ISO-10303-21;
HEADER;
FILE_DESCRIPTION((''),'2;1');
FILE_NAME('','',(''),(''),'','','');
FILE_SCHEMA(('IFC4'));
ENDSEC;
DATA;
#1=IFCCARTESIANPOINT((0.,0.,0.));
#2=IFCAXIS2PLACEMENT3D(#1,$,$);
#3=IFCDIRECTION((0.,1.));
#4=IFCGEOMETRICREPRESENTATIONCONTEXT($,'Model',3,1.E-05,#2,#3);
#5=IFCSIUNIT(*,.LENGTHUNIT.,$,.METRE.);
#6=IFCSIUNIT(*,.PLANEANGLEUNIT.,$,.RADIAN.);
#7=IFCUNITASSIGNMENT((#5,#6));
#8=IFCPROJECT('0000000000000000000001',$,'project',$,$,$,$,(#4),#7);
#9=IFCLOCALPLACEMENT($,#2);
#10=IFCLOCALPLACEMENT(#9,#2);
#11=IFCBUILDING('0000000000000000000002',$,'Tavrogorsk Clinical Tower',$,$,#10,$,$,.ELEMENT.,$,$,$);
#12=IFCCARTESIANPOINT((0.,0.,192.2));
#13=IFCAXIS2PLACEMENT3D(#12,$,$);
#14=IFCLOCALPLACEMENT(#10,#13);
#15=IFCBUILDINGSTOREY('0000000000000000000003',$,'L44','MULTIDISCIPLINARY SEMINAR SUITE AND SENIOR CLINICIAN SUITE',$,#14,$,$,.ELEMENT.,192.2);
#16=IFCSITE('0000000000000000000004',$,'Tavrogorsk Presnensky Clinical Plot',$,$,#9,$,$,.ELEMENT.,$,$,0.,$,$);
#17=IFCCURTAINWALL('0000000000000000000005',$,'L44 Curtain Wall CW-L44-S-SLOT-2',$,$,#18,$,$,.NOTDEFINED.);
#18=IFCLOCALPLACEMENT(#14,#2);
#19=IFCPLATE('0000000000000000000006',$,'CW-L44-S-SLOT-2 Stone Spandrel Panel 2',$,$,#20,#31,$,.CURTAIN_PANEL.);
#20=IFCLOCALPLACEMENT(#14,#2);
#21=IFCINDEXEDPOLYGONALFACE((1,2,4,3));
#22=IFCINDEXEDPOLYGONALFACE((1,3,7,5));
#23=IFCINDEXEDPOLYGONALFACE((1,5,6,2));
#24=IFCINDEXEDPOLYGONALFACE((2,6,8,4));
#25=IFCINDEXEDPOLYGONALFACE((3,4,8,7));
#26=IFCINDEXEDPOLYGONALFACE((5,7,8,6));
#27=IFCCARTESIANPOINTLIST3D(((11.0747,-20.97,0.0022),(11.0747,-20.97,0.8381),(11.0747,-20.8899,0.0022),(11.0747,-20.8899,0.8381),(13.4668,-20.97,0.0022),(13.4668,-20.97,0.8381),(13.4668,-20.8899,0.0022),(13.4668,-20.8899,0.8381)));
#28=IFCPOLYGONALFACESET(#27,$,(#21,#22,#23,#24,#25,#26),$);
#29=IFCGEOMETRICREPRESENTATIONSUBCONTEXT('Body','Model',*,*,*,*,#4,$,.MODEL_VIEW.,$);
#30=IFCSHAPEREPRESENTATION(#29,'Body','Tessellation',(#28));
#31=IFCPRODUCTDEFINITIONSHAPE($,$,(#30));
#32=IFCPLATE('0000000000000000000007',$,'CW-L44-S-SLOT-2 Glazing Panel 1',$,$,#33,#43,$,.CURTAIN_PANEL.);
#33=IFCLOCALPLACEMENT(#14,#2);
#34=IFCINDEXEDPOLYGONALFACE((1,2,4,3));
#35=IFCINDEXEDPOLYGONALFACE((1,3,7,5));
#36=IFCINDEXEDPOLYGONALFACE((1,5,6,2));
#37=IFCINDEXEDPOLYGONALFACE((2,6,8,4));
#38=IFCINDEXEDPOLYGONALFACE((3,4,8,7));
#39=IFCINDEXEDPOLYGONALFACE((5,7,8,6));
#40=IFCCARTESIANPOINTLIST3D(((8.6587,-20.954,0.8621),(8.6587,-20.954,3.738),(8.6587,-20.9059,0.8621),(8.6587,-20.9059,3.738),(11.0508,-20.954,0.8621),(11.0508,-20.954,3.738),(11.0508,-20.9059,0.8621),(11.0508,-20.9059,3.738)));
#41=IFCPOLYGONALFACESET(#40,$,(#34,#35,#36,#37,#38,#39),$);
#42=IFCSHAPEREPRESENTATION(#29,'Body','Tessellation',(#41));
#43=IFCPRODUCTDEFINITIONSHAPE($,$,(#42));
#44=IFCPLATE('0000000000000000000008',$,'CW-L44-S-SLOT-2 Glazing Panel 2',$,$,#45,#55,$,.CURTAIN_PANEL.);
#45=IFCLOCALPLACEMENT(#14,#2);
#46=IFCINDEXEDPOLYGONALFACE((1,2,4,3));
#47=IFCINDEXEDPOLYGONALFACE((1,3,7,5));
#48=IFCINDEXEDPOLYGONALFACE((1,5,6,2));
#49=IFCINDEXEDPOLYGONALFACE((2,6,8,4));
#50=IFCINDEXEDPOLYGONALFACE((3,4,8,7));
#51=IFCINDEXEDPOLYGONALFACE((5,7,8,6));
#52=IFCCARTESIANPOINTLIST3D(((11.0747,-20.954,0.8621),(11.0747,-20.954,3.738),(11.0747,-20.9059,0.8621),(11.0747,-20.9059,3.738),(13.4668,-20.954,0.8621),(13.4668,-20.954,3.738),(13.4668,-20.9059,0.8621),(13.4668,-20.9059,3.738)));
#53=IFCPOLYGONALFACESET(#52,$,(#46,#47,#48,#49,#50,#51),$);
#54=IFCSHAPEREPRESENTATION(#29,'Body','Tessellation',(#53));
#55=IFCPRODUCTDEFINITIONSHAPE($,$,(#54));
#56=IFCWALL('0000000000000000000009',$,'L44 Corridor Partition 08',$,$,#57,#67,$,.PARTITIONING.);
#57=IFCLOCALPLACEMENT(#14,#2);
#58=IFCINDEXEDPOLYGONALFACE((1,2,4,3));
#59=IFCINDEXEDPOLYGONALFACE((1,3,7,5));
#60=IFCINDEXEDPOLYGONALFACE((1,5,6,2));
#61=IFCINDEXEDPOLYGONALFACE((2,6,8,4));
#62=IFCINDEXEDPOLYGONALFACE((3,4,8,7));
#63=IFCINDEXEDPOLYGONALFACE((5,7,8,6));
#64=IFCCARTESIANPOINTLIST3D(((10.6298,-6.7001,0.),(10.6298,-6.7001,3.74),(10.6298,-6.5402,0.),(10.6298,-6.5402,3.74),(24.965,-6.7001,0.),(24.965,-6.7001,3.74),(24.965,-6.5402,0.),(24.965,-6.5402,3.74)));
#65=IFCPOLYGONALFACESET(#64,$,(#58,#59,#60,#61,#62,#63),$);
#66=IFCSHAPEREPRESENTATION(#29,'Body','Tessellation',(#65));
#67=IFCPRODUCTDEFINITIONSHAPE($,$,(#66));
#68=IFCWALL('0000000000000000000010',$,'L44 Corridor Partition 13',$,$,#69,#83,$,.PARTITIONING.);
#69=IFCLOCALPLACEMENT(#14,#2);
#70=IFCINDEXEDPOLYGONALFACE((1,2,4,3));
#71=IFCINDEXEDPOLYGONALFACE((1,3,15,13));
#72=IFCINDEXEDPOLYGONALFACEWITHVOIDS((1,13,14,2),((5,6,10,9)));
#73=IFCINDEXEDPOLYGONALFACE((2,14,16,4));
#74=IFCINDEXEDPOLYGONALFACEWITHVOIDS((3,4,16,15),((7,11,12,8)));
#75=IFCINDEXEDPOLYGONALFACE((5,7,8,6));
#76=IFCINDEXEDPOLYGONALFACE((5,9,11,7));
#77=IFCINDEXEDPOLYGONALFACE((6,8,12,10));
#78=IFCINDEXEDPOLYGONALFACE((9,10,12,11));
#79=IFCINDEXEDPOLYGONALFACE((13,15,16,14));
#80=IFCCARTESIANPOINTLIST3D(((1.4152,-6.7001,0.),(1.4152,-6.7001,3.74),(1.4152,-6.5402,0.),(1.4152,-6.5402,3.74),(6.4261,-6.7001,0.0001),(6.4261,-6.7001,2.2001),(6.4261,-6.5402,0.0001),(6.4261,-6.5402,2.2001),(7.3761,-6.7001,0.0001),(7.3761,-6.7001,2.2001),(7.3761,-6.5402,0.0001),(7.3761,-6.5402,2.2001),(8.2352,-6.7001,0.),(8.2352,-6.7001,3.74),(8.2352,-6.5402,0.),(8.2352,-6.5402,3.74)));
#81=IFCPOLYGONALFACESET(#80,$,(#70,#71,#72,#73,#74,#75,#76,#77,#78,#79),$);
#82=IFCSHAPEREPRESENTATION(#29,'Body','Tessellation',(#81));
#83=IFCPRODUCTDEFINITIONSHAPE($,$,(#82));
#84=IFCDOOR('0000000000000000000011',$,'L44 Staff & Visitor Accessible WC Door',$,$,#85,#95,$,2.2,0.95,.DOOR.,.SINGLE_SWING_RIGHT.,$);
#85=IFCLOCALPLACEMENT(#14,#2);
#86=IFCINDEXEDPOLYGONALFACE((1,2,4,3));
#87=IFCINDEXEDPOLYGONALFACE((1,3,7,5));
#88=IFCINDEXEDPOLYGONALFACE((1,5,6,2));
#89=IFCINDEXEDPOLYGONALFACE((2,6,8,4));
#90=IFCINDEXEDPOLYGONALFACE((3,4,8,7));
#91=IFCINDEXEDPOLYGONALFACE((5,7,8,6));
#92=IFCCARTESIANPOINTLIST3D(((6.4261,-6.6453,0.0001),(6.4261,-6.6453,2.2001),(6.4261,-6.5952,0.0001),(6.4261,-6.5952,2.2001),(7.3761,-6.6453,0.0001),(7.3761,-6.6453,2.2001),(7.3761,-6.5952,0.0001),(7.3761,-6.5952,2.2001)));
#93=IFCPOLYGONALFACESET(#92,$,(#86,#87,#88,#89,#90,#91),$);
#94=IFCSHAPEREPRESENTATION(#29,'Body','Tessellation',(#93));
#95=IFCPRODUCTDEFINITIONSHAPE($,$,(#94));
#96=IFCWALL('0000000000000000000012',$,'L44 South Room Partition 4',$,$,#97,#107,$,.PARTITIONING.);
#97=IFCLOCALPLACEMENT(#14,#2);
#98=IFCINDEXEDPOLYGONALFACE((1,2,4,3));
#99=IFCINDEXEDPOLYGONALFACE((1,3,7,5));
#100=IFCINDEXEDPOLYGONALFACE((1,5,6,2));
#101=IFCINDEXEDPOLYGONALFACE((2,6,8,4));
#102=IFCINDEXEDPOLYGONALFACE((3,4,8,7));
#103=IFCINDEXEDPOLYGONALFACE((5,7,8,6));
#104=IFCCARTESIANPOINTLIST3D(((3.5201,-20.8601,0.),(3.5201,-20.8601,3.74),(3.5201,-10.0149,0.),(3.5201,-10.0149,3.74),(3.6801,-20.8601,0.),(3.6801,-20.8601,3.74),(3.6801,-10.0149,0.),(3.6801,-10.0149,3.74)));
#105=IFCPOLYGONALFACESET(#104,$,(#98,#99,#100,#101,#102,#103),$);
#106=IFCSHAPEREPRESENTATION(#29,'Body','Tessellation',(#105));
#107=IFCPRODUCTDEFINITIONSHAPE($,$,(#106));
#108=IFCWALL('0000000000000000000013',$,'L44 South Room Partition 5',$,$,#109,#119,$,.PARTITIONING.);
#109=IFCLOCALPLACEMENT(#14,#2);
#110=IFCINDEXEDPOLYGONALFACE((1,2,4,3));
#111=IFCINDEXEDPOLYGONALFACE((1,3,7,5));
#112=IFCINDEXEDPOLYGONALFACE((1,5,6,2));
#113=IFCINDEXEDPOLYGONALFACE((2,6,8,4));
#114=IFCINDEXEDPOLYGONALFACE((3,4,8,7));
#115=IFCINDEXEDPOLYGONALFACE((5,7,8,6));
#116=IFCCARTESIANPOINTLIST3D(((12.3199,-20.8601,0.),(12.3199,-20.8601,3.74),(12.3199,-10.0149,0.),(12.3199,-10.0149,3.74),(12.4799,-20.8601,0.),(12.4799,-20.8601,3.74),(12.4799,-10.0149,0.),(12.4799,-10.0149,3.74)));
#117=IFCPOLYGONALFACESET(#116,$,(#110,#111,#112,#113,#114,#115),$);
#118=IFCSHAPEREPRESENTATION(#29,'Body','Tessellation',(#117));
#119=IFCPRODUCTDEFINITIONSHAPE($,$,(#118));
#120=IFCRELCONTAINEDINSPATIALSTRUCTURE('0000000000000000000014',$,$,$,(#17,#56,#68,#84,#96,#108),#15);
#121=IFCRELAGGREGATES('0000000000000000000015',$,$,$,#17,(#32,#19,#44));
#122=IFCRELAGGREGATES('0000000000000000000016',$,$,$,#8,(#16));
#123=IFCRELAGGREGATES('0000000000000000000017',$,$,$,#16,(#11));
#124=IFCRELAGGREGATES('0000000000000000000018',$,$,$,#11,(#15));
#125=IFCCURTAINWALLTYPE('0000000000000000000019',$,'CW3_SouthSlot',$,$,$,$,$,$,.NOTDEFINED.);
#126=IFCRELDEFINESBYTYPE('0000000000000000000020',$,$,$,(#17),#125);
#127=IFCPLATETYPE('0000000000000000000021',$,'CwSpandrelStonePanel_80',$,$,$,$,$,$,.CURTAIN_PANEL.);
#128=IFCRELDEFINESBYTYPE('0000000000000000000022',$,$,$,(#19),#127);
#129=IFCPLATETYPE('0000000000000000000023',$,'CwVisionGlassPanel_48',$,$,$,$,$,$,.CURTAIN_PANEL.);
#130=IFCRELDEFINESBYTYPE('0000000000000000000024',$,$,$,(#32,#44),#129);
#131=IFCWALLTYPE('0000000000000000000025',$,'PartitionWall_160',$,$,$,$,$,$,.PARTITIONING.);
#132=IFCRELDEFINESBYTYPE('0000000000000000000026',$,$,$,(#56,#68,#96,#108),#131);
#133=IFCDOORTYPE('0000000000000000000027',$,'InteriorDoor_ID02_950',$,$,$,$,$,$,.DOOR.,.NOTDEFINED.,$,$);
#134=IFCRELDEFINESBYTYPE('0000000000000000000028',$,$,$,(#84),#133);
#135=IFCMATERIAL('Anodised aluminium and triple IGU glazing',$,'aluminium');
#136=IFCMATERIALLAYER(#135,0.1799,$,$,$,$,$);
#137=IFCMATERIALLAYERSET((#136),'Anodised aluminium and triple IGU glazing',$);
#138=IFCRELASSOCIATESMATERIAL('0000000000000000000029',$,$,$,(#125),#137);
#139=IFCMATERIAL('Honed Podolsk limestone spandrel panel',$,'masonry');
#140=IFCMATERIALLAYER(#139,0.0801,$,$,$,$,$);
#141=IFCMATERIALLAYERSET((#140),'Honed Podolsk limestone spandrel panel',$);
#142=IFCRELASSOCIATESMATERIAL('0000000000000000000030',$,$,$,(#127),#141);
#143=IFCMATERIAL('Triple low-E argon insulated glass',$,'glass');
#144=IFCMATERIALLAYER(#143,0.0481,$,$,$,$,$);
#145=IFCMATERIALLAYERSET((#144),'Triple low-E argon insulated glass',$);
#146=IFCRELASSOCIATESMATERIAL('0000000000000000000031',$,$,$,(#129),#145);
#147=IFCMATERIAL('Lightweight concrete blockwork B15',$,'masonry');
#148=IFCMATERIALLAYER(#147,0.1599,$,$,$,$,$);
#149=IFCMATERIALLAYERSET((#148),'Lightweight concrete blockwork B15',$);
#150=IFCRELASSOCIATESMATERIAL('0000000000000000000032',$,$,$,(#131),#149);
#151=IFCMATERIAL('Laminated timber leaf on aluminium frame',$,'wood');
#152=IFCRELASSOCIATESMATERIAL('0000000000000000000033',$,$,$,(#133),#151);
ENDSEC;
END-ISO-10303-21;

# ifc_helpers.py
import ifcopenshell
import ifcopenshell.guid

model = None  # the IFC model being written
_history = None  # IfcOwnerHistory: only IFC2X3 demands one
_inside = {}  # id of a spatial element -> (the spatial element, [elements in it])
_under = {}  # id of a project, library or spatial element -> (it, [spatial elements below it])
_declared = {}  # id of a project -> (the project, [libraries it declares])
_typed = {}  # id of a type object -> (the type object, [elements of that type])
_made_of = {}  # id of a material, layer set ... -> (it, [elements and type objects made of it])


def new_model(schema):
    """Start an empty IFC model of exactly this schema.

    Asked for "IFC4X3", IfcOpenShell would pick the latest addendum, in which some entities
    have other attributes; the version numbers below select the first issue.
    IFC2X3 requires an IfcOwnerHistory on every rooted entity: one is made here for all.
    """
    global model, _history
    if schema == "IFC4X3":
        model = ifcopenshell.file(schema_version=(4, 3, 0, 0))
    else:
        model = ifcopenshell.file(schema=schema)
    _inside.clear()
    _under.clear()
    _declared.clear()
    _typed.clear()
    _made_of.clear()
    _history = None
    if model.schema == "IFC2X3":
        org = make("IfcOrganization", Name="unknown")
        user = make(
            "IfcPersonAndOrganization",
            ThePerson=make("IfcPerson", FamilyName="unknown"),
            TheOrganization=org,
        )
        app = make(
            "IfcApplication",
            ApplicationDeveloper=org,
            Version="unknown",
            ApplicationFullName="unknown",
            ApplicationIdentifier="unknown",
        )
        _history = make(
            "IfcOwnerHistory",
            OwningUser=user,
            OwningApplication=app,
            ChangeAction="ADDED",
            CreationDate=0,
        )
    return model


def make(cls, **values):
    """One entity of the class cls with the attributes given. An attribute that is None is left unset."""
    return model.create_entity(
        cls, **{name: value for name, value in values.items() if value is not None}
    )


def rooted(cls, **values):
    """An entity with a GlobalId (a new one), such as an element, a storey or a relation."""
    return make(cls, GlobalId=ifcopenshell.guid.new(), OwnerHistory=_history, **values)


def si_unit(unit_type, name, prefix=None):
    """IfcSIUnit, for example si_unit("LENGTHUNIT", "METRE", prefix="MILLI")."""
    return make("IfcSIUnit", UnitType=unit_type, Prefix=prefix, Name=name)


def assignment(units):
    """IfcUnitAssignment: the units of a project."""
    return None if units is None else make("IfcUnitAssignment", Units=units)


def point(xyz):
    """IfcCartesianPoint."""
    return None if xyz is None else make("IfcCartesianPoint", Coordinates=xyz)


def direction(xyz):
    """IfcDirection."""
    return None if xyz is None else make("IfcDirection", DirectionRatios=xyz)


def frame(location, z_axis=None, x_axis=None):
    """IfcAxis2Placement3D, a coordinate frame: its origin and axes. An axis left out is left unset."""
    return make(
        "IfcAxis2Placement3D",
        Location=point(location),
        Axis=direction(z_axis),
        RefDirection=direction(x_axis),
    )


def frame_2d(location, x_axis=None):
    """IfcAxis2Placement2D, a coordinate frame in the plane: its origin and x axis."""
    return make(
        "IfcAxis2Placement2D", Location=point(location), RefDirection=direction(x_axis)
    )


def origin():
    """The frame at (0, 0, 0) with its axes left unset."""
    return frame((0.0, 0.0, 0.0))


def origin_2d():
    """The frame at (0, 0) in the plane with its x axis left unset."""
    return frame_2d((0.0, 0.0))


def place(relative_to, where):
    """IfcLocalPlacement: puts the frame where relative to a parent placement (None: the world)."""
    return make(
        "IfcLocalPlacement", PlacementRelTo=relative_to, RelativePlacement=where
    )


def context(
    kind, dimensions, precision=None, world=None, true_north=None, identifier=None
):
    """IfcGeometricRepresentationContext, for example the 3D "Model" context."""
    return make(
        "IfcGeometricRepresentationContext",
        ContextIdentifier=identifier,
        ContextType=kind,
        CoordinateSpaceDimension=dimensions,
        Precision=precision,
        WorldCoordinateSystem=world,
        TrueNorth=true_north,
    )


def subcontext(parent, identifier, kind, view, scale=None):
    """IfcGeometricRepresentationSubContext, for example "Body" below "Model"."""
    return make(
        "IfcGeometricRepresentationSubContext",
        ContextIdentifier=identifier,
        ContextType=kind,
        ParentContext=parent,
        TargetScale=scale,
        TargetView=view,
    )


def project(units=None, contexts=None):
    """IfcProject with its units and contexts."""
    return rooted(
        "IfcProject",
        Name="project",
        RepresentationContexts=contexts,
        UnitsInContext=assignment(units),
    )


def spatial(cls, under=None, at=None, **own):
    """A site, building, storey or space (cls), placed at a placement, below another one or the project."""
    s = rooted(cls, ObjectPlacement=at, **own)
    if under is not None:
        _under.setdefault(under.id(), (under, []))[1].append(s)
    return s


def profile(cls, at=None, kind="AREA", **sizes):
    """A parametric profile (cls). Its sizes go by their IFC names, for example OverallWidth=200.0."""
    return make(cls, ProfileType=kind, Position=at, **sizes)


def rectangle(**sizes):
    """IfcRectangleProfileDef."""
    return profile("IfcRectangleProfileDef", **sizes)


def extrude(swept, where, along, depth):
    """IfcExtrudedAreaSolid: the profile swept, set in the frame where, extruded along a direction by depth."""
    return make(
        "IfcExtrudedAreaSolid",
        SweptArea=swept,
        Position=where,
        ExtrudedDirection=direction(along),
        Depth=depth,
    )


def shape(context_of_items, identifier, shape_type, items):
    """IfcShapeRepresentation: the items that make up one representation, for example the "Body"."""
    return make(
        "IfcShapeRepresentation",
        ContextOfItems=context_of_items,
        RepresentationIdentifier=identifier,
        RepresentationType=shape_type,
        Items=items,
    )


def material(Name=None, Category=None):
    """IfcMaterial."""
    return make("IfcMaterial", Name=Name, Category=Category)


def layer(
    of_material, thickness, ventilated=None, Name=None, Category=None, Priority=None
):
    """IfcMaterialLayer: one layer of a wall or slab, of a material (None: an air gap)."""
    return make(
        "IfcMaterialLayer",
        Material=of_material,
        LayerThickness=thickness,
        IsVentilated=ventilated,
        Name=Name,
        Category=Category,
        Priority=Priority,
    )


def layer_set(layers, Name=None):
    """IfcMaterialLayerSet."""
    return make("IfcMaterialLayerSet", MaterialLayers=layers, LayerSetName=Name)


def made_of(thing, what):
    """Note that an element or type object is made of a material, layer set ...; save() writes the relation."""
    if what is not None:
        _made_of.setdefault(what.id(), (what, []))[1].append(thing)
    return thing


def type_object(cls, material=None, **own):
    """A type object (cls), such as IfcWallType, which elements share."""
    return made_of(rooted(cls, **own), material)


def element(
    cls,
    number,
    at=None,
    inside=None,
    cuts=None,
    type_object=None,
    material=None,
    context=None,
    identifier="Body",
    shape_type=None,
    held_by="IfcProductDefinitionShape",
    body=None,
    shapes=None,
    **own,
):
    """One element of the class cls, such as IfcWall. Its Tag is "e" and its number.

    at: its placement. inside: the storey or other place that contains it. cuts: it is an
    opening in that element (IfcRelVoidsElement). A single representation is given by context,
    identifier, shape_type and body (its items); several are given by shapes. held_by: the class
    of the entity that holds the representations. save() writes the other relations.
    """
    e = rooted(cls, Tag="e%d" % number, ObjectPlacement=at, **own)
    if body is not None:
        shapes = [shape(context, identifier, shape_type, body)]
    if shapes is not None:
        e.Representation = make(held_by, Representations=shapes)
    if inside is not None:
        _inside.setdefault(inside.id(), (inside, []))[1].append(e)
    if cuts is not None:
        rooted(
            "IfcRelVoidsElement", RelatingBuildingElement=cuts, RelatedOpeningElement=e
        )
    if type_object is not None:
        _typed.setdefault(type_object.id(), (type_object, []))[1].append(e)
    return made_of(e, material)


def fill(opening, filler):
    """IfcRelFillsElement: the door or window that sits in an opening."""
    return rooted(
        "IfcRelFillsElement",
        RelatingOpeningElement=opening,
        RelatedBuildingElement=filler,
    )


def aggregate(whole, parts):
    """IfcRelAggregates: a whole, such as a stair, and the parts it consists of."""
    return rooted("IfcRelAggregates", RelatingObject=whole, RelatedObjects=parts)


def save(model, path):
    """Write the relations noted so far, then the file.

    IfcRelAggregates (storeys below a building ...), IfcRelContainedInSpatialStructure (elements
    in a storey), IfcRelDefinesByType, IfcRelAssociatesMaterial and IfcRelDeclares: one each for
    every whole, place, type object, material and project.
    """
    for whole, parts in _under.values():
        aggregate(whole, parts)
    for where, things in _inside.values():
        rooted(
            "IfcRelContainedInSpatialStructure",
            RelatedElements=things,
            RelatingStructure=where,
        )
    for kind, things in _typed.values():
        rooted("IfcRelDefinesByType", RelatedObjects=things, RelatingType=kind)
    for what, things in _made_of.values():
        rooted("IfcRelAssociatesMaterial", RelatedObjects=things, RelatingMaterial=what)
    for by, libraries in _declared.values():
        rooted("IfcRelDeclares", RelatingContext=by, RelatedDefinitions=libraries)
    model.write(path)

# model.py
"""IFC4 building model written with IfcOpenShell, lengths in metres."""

from ifc_helpers import new_model, si_unit, direction, frame, frame_2d, origin, origin_2d, place, context, subcontext, project, spatial, rectangle, extrude, material, layer, layer_set, type_object, element, fill, aggregate, save


model = new_model("IFC4")

# Units and contexts
model_context = context("Model", 3, precision=1e-05, world=origin(), true_north=direction((0.0, 1.0)))
body_context = subcontext(model_context, "Body", "Model", "MODEL_VIEW")
ifc_project = project(units=[si_unit("LENGTHUNIT", "METRE"), si_unit("PLANEANGLEUNIT", "RADIAN")], contexts=[model_context])

# Site, building, storey
site_placement = place(None, origin())
site = spatial("IfcSite", under=ifc_project, at=site_placement, Name="Tavrogorsk Presnensky Clinical Plot", CompositionType="ELEMENT", RefElevation=0.0)
building_placement = place(site_placement, origin())
building = spatial("IfcBuilding", under=site, at=building_placement, Name="Tavrogorsk Clinical Tower", CompositionType="ELEMENT")
storey_placement = place(building_placement, frame((0.0, 0.0, 192.2)))
storey = spatial("IfcBuildingStorey", under=building, at=storey_placement, Name="L44", Description="MULTIDISCIPLINARY SEMINAR SUITE AND SENIOR CLINICIAN SUITE", CompositionType="ELEMENT", Elevation=192.2)

# Curtain wall
ifc_material_1 = material(Name="Anodised aluminium and triple IGU glazing", Category="aluminium")
ifc_layer_1 = layer(ifc_material_1, 0.1799)
ifc_layer_set_1 = layer_set([ifc_layer_1], Name="Anodised aluminium and triple IGU glazing")
curtain_wall_type = type_object("IfcCurtainWallType", Name="CW3_SouthSlot", PredefinedType="NOTDEFINED", material=ifc_layer_set_1)
curtain_wall_placement = place(storey_placement, origin())
curtain_wall = element("IfcCurtainWall", 1, at=curtain_wall_placement, inside=storey, type_object=curtain_wall_type, Name="L44 Curtain Wall CW-L44-S-SLOT-2", PredefinedType="NOTDEFINED")

# Plates
ifc_material_2 = material(Name="Honed Podolsk limestone spandrel panel", Category="masonry")
ifc_layer_2 = layer(ifc_material_2, 0.0801)
ifc_layer_set_2 = layer_set([ifc_layer_2], Name="Honed Podolsk limestone spandrel panel")
plate_type_1 = type_object("IfcPlateType", Name="CwSpandrelStonePanel_80", PredefinedType="CURTAIN_PANEL", material=ifc_layer_set_2)
plate_1_placement = place(storey_placement, frame((12.2708, -20.9299, 0.0022), z_axis=(0.0, 0.0, 1.0), x_axis=(1.0, 0.0, 0.0)))
plate_1 = element("IfcPlate", 2, at=plate_1_placement, type_object=plate_type_1, Name="CW-L44-S-SLOT-2 Stone Spandrel Panel 2", PredefinedType="CURTAIN_PANEL", context=body_context, shape_type="SweptSolid", body=[
    extrude(rectangle(XDim=2.3921, YDim=0.0801, at=origin_2d()), origin(), (0.0, 0.0, 1.0), 0.8359),
])
ifc_material_3 = material(Name="Triple low-E argon insulated glass", Category="glass")
ifc_layer_3 = layer(ifc_material_3, 0.0481)
ifc_layer_set_3 = layer_set([ifc_layer_3], Name="Triple low-E argon insulated glass")
plate_type_2 = type_object("IfcPlateType", Name="CwVisionGlassPanel_48", PredefinedType="CURTAIN_PANEL", material=ifc_layer_set_3)
plate_2_placement = place(storey_placement, frame((9.8547, -20.9299, 0.8621), z_axis=(0.0, 0.0, 1.0), x_axis=(1.0, 0.0, 0.0)))
plate_2 = element("IfcPlate", 3, at=plate_2_placement, type_object=plate_type_2, Name="CW-L44-S-SLOT-2 Glazing Panel 1", PredefinedType="CURTAIN_PANEL", context=body_context, shape_type="SweptSolid", body=[
    extrude(rectangle(XDim=2.3921, YDim=0.0481, at=origin_2d()), origin(), (0.0, 0.0, 1.0), 2.876),
])
plate_3_placement = place(storey_placement, frame((12.2708, -20.9299, 0.8621), z_axis=(0.0, 0.0, 1.0), x_axis=(1.0, 0.0, 0.0)))
plate_3 = element("IfcPlate", 4, at=plate_3_placement, type_object=plate_type_2, Name="CW-L44-S-SLOT-2 Glazing Panel 2", PredefinedType="CURTAIN_PANEL", context=body_context, shape_type="SweptSolid", body=[
    extrude(rectangle(XDim=2.3921, YDim=0.0481, at=origin_2d()), origin(), (0.0, 0.0, 1.0), 2.876),
])
aggregate(curtain_wall, [plate_2, plate_1, plate_3])

# Wall
ifc_material_4 = material(Name="Lightweight concrete blockwork B15", Category="masonry")
ifc_layer_4 = layer(ifc_material_4, 0.1599)
ifc_layer_set_4 = layer_set([ifc_layer_4], Name="Lightweight concrete blockwork B15")
wall_type_1 = type_object("IfcWallType", Name="PartitionWall_160", PredefinedType="PARTITIONING", material=ifc_layer_set_4)
wall_1_placement = place(storey_placement, frame((10.6299, -6.6201, 0.0), z_axis=(0.0, 0.0, 1.0), x_axis=(1.0, 0.0, 0.0)))
element("IfcWall", 5, at=wall_1_placement, inside=storey, type_object=wall_type_1, Name="L44 Corridor Partition 08", PredefinedType="PARTITIONING", context=body_context, shape_type="SweptSolid", body=[
    extrude(rectangle(XDim=14.3352, YDim=0.1599, at=frame_2d((7.1675, 0.0))), origin(), (0.0, 0.0, 1.0), 3.74),
])

# Wall, opening, door
wall_2_placement = place(storey_placement, frame((1.415, -6.6201, 0.0), z_axis=(0.0, 0.0, 1.0), x_axis=(1.0, 0.0, 0.0)))
wall_2 = element("IfcWall", 6, at=wall_2_placement, inside=storey, type_object=wall_type_1, Name="L44 Corridor Partition 13", PredefinedType="PARTITIONING", context=body_context, shape_type="SweptSolid", body=[
    extrude(rectangle(XDim=6.8201, YDim=0.1599, at=frame_2d((3.4102, 0.0))), origin(), (0.0, 0.0, 1.0), 3.74),
])
opening_1_placement = place(wall_2_placement, frame((5.011, 0.0, 0.0)))
opening_1 = element("IfcOpeningElement", 7, at=opening_1_placement, cuts=wall_2, PredefinedType="OPENING", context=body_context, shape_type="SweptSolid", body=[
    extrude(rectangle(XDim=0.95, YDim=2.2, at=frame_2d((0.4751, 1.1001))), frame((0.0, 0.0898, 0.0), z_axis=(0.0, -1.0, 0.0), x_axis=(1.0, 0.0, 0.0)), (0.0, 0.0, 1.0), 0.1799),
])
ifc_material_5 = material(Name="Laminated timber leaf on aluminium frame", Category="wood")
door_type = type_object("IfcDoorType", Name="InteriorDoor_ID02_950", OperationType="NOTDEFINED", PredefinedType="DOOR", material=ifc_material_5)
door_placement = place(opening_1_placement, origin())
door = element("IfcDoor", 8, at=door_placement, inside=storey, type_object=door_type, Name="L44 Staff & Visitor Accessible WC Door", OperationType="SINGLE_SWING_RIGHT", OverallHeight=2.2, OverallWidth=0.95, PredefinedType="DOOR", context=body_context, shape_type="SweptSolid", body=[
    extrude(rectangle(XDim=0.95, YDim=2.2, at=frame_2d((0.4751, 1.1001))), frame((0.0, 0.0249, 0.0), z_axis=(0.0, -1.0, 0.0), x_axis=(1.0, 0.0, 0.0)), (0.0, 0.0, 1.0), 0.05),
])
fill(opening_1, door)

# Walls
for number, where, z_axis, x_axis, name in (
    (9, (3.6001, -20.8601, 0.0), (0.0, 0.0, 1.0), (0.0, 1.0, 0.0), "L44 South Room Partition 4"),
    (10, (12.3999, -20.8601, 0.0), (0.0, 0.0, 1.0), (0.0, 1.0, 0.0), "L44 South Room Partition 5"),
):
    element("IfcWall", number, at=place(storey_placement, frame(where, z_axis=z_axis, x_axis=x_axis)), inside=storey, type_object=wall_type_1, Name=name, PredefinedType="PARTITIONING", context=body_context, shape_type="SweptSolid", body=[
        extrude(rectangle(XDim=10.8452, YDim=0.1599, at=frame_2d((5.4226, 0.0))), origin(), (0.0, 0.0, 1.0), 3.74),
    ])

save(model, "model.ifc")
